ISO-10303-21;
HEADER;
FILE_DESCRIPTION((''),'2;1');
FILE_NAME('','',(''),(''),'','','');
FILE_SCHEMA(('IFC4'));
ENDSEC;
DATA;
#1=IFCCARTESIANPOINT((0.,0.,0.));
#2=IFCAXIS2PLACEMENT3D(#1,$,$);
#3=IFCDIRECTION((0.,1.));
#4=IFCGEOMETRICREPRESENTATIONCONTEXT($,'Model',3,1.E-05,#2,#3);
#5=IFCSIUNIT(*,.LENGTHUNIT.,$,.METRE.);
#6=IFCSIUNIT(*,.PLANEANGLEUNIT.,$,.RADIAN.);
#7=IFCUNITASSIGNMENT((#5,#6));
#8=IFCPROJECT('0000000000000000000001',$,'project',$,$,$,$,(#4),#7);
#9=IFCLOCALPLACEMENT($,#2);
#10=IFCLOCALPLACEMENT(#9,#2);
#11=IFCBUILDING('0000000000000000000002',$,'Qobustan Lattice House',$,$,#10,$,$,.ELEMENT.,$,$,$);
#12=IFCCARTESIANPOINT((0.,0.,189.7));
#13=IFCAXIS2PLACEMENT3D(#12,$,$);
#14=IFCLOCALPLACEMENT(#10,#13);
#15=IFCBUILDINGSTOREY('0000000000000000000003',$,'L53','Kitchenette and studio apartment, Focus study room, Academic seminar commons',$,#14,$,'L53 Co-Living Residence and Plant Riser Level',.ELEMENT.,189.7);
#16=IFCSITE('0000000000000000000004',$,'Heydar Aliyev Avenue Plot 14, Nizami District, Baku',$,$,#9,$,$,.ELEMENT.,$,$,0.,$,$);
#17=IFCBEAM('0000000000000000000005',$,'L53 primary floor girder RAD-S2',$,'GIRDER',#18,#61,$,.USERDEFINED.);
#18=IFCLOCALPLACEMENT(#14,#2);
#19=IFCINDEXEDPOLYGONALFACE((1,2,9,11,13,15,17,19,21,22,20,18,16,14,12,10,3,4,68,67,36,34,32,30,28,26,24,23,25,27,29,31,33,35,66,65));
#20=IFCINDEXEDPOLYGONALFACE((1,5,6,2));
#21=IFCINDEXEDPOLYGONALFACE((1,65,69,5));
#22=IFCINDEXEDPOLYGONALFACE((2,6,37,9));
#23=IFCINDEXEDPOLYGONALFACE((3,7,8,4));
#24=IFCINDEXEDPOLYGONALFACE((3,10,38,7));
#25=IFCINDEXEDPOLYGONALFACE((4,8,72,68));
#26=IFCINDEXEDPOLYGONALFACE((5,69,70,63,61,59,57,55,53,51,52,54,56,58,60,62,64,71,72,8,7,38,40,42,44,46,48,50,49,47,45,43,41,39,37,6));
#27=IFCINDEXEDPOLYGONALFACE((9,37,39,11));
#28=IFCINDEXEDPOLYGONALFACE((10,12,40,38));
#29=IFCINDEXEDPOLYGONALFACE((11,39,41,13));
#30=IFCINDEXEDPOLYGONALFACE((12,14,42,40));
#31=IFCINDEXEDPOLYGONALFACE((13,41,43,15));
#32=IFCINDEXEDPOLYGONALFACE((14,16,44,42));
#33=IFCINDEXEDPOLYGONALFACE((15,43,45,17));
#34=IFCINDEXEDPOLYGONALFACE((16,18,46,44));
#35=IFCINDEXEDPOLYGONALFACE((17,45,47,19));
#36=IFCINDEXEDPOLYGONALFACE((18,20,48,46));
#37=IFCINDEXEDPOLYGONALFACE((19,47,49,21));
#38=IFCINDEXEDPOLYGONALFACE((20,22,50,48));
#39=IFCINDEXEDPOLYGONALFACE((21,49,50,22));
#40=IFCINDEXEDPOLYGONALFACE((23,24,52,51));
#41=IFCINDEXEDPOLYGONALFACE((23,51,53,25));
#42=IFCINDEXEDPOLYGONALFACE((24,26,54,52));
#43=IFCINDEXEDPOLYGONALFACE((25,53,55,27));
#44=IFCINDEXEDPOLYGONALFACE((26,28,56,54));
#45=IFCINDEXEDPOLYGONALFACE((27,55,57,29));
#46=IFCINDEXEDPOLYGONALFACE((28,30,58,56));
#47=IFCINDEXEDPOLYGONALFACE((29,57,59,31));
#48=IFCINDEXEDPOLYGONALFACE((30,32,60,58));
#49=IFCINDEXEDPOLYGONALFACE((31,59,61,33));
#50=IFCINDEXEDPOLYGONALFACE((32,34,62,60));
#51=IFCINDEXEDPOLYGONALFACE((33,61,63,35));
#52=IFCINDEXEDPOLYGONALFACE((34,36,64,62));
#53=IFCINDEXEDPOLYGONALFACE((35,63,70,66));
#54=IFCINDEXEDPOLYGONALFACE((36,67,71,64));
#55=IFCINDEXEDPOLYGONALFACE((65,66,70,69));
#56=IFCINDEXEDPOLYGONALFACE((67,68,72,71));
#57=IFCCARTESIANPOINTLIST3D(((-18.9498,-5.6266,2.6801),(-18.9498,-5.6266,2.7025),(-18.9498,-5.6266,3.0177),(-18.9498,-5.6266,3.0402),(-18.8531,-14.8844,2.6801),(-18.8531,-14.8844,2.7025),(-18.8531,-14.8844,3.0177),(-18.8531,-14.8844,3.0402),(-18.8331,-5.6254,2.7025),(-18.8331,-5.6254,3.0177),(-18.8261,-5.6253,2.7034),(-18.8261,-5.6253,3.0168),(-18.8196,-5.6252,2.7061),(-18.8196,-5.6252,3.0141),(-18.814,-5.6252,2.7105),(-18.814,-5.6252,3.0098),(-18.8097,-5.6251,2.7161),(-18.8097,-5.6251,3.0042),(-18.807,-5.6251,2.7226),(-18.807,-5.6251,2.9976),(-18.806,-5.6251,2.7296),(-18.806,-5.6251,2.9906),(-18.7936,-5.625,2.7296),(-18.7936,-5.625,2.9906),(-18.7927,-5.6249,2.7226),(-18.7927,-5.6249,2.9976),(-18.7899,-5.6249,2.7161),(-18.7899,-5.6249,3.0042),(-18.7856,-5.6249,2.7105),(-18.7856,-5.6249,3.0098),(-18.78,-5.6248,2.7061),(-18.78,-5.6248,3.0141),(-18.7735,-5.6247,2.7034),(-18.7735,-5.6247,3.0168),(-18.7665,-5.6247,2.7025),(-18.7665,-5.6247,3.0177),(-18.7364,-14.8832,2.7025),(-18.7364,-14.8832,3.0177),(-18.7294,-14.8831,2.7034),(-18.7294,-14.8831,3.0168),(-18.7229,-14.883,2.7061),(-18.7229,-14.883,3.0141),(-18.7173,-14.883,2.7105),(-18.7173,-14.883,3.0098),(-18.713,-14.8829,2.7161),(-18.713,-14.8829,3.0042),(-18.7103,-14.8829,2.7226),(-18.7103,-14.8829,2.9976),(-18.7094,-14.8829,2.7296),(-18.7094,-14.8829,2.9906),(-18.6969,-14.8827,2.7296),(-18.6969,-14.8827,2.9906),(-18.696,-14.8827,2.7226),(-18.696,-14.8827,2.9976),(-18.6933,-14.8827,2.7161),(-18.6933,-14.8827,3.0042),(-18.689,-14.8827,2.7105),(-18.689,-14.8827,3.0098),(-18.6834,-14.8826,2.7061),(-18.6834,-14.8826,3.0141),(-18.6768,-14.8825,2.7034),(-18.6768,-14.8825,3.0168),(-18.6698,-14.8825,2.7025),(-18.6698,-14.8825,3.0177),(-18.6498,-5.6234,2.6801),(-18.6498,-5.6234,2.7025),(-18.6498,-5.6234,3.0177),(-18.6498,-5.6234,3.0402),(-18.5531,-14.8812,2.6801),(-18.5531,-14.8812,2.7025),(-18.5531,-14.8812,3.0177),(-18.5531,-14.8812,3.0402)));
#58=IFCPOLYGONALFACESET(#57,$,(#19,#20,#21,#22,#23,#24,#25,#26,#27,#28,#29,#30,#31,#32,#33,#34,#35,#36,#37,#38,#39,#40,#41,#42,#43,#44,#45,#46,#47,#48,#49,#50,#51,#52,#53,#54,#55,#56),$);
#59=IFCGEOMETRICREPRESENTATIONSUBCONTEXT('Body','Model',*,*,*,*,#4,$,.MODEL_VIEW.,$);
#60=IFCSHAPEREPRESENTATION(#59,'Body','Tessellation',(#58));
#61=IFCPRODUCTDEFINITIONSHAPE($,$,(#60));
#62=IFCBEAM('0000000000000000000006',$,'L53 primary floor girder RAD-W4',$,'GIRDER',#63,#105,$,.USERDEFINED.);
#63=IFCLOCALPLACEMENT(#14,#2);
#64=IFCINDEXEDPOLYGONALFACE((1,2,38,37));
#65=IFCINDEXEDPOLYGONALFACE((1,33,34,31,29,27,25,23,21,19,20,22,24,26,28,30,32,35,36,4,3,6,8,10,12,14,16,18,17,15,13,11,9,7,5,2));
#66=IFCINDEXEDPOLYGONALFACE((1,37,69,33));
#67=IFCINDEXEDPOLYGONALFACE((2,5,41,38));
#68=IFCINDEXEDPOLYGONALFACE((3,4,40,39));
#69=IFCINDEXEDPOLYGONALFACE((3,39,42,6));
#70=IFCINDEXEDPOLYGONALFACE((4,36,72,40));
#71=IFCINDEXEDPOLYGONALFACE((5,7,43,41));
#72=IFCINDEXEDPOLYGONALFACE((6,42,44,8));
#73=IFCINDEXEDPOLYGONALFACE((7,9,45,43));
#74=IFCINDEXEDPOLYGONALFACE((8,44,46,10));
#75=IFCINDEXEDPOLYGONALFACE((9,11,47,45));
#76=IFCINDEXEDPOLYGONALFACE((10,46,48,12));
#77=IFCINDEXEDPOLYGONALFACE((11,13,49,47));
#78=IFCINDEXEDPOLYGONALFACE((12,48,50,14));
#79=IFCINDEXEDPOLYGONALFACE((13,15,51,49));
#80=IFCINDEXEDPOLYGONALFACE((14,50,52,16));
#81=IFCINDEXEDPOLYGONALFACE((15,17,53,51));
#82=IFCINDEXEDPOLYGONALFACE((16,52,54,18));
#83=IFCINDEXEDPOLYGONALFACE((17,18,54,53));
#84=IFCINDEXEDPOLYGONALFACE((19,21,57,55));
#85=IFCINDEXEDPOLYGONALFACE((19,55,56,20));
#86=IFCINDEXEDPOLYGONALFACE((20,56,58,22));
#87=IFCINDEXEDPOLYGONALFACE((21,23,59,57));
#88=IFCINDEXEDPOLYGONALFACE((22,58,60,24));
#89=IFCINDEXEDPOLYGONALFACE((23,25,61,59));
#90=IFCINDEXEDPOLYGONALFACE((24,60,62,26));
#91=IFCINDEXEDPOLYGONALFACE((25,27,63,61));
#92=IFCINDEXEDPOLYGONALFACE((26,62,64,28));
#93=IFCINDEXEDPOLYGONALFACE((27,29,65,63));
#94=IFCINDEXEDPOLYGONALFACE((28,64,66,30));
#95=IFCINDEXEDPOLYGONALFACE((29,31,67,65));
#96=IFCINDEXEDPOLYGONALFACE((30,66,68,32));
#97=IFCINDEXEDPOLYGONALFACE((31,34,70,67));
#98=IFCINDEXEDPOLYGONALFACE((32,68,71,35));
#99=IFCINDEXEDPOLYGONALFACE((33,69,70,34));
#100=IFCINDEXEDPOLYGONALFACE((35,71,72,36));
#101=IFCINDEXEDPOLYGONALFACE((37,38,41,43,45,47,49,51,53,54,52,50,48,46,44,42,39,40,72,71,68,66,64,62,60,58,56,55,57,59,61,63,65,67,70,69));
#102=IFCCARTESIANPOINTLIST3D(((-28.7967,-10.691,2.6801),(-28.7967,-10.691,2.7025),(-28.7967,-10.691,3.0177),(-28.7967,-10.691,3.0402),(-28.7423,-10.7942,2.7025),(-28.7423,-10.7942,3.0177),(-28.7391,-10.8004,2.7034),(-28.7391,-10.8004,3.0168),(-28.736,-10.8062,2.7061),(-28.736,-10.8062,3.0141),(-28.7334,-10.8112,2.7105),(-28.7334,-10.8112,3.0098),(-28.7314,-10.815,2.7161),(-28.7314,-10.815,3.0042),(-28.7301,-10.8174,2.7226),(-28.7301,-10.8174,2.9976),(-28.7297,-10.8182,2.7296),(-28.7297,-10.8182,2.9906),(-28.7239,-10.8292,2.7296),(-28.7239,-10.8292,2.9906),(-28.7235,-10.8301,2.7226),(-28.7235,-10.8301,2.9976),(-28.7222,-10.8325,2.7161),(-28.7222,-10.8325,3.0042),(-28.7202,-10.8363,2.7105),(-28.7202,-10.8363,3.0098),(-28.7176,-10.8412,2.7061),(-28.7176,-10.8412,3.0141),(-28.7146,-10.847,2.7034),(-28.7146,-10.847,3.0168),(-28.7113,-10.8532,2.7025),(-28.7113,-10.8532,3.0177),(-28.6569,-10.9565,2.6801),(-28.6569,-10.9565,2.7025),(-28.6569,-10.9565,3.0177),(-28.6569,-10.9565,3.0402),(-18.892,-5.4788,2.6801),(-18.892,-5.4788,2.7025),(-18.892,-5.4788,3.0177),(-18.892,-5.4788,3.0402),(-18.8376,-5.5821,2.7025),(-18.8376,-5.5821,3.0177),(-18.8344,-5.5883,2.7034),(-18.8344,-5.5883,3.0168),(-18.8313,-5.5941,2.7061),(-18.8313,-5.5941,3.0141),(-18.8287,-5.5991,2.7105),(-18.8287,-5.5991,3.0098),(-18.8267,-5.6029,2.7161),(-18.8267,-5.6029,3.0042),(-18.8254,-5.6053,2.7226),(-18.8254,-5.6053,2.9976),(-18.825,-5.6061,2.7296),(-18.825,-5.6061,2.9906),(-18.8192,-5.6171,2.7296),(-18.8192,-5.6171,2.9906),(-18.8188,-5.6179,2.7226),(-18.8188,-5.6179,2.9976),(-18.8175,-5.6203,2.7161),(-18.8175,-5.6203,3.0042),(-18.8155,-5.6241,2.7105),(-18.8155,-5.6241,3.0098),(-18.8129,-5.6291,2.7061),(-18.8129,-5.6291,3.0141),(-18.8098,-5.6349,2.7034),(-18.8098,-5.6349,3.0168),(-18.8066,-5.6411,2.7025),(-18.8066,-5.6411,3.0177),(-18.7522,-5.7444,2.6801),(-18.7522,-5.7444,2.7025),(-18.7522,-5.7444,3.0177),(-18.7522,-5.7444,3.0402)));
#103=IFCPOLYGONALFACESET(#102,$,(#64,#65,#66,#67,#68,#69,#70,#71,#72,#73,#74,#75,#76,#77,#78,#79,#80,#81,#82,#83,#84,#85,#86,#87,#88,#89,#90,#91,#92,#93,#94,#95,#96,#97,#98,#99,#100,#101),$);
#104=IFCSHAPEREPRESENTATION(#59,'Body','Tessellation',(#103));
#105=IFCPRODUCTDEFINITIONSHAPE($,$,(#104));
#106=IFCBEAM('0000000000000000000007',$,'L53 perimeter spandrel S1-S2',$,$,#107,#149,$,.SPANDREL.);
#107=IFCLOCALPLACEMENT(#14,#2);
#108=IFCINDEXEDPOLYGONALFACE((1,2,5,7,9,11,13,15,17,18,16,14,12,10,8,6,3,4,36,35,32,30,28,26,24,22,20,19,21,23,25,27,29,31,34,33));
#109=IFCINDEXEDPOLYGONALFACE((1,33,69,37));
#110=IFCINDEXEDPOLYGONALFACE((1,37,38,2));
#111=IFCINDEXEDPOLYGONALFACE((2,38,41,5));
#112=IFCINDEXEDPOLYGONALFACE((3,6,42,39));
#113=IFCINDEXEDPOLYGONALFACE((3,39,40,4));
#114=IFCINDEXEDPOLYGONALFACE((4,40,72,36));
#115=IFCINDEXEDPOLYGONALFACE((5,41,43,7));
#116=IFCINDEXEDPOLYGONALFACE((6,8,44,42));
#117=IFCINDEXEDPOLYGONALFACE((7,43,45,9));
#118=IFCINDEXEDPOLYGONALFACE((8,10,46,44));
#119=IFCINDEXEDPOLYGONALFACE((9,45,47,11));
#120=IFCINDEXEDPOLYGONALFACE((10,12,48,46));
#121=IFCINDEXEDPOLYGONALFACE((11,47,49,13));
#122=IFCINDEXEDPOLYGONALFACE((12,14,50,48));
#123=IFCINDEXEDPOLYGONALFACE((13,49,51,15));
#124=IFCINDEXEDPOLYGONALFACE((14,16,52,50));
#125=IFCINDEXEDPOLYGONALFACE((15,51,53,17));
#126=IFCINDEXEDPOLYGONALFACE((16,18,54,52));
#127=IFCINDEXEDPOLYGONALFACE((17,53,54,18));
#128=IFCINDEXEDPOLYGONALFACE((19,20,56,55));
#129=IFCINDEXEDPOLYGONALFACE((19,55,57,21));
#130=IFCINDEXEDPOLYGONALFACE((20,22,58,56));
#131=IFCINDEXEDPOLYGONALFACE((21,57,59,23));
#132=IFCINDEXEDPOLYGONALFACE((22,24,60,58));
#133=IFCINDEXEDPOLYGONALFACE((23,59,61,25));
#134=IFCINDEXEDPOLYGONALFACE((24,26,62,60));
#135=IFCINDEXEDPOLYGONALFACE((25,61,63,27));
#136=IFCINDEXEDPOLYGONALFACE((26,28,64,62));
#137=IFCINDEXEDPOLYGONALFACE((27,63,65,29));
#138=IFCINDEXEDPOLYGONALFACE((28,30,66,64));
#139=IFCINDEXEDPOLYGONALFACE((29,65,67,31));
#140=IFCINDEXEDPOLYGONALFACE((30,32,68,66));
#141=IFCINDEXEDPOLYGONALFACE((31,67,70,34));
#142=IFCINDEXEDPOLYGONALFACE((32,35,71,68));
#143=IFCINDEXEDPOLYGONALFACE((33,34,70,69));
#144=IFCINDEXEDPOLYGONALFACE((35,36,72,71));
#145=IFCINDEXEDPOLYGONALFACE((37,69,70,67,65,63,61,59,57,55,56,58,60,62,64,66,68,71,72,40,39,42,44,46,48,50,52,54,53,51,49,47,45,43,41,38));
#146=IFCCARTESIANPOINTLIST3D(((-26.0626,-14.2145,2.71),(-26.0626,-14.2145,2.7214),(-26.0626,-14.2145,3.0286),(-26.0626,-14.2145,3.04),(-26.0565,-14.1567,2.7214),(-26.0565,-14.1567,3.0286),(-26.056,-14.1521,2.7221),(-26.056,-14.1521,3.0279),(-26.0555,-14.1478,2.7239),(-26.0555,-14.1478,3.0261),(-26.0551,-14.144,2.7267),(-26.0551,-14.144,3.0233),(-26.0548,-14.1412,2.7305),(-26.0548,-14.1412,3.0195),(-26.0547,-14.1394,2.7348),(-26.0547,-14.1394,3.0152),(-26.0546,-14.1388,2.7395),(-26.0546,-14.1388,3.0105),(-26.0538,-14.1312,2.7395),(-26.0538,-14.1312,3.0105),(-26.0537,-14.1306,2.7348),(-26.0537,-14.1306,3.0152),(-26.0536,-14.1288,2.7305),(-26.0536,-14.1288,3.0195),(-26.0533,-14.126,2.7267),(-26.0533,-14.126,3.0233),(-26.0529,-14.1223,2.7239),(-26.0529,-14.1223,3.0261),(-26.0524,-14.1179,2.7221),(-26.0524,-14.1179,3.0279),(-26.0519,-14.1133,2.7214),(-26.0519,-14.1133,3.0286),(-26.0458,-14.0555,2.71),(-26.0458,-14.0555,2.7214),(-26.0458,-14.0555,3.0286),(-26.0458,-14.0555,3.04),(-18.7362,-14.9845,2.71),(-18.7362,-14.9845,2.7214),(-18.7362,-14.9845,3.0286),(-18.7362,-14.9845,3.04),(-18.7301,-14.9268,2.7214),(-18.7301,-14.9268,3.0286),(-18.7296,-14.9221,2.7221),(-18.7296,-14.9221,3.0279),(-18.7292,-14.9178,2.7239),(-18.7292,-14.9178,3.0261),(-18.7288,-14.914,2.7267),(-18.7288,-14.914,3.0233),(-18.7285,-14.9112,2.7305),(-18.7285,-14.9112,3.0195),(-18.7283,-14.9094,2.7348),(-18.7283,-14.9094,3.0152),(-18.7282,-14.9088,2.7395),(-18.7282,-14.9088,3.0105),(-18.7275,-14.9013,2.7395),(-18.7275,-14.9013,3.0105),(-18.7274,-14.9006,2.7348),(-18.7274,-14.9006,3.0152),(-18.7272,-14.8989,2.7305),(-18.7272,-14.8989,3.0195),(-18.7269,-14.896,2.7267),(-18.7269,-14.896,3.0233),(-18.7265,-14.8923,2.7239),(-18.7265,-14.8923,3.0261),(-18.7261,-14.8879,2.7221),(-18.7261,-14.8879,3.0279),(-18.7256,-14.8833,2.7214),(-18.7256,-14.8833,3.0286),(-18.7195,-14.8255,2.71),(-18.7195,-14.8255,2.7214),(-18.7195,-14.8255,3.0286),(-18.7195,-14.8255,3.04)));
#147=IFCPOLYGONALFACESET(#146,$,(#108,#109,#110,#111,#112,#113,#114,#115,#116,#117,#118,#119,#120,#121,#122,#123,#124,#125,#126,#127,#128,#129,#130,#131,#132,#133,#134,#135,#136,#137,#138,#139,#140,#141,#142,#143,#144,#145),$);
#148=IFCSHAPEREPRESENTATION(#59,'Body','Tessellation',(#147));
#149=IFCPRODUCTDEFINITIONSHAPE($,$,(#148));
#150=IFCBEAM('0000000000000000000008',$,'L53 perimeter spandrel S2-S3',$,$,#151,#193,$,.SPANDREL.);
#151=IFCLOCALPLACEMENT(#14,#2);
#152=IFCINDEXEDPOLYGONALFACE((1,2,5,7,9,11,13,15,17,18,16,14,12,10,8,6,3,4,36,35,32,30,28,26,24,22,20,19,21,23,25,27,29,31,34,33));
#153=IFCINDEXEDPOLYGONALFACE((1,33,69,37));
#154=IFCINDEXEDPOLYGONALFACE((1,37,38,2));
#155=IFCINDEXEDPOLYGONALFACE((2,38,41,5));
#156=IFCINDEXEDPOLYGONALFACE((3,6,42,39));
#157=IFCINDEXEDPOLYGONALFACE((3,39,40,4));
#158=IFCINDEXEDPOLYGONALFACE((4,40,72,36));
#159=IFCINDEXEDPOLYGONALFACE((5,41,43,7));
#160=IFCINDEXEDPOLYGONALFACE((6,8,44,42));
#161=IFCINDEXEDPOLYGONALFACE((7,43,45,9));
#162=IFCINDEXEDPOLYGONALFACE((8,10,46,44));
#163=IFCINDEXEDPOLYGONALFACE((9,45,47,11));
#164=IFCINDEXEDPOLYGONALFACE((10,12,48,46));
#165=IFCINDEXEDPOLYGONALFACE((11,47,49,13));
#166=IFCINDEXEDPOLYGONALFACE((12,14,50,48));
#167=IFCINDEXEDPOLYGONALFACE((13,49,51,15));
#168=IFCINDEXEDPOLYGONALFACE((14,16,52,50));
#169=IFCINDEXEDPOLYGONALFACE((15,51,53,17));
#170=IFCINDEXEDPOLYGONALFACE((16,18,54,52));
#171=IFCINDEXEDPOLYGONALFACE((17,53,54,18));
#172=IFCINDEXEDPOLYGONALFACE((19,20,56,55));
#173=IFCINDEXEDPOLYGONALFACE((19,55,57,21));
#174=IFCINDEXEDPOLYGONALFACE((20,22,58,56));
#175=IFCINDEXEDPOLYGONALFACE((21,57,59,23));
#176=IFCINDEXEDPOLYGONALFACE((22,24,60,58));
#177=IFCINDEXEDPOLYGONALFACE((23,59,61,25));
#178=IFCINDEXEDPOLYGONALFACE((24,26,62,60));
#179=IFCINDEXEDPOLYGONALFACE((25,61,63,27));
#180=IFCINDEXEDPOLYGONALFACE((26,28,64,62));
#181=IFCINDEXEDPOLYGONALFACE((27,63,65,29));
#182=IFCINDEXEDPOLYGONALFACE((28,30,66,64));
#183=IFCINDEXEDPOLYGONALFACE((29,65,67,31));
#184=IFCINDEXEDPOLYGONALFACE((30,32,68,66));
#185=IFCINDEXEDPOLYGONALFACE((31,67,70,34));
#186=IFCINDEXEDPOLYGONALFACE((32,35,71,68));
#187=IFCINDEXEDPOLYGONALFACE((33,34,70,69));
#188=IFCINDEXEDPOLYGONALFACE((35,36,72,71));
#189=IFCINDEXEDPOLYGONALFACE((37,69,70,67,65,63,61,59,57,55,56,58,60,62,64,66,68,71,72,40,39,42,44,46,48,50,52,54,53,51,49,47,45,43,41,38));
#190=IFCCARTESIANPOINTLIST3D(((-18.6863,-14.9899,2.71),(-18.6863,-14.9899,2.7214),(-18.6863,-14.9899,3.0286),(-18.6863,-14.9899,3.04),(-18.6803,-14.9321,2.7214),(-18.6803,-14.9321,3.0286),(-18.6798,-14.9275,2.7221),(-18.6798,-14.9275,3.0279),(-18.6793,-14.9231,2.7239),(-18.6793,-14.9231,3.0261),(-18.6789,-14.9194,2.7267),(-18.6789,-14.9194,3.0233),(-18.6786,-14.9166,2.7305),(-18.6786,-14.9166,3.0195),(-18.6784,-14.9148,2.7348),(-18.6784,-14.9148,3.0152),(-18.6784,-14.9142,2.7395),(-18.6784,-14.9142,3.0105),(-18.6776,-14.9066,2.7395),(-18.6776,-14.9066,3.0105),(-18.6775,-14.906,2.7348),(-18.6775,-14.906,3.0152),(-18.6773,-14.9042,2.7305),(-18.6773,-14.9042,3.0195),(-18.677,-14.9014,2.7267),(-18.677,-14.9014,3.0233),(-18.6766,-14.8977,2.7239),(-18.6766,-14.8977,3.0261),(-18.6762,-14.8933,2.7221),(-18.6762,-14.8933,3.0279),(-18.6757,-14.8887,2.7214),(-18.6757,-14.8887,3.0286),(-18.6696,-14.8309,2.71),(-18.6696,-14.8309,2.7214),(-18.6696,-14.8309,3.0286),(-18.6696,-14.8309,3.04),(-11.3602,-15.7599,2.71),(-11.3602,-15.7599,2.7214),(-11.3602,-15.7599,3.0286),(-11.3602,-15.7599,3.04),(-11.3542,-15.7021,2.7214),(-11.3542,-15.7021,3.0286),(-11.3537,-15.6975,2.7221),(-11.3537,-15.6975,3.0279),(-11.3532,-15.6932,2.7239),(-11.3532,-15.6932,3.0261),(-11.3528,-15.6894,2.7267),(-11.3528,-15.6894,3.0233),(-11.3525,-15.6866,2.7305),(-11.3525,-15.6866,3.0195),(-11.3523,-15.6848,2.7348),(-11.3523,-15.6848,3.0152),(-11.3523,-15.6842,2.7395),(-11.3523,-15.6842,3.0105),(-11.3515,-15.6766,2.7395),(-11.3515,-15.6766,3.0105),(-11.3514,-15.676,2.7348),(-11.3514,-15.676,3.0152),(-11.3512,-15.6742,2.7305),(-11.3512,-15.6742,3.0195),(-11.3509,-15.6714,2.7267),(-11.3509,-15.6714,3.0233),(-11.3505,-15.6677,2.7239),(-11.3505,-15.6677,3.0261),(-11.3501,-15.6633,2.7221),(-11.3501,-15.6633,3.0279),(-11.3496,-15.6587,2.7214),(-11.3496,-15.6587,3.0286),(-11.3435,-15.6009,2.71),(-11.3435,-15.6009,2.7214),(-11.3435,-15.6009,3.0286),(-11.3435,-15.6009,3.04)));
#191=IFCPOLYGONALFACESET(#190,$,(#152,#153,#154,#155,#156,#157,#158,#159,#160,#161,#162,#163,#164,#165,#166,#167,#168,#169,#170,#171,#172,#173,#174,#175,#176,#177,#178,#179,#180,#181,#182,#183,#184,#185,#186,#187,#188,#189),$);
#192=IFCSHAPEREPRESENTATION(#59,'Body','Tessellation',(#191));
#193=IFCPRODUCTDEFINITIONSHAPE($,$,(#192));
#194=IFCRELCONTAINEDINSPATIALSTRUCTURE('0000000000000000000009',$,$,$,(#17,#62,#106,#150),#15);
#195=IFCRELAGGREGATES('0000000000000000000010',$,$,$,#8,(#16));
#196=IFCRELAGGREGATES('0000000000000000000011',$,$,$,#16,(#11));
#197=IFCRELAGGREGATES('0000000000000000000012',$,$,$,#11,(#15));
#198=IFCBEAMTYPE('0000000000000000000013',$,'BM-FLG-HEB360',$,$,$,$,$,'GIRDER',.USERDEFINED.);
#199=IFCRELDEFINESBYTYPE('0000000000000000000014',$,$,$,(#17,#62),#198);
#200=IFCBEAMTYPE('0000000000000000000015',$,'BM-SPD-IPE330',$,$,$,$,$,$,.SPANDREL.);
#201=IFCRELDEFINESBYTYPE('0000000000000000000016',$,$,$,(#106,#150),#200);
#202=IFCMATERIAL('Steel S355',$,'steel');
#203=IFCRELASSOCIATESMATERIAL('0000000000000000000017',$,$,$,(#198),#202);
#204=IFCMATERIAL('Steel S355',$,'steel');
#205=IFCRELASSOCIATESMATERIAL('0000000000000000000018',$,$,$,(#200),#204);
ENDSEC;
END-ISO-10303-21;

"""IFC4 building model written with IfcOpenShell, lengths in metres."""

from ifc_helpers import new_model, si_unit, direction, frame, origin, origin_2d, place, context, subcontext, project, spatial, i_section, extrude, material, material_profile, profile_set, type_object, element, save


model = new_model("IFC4")

# Units and contexts
model_context = context("Model", 3, precision=1e-05, world=origin(), true_north=direction((0.0, 1.0)))
body_context = subcontext(model_context, "Body", "Model", "MODEL_VIEW")
ifc_project = project(units=[si_unit("LENGTHUNIT", "METRE"), si_unit("PLANEANGLEUNIT", "RADIAN")], contexts=[model_context])

# Site, building, storey
site_placement = place(None, origin())
site = spatial("IfcSite", under=ifc_project, at=site_placement, Name="Heydar Aliyev Avenue Plot 14, Nizami District, Baku", CompositionType="ELEMENT", RefElevation=0.0)
building_placement = place(site_placement, origin())
building = spatial("IfcBuilding", under=site, at=building_placement, Name="Qobustan Lattice House", CompositionType="ELEMENT")
storey_placement = place(building_placement, frame((0.0, 0.0, 189.7)))
storey = spatial("IfcBuildingStorey", under=building, at=storey_placement, Name="L53", Description="Kitchenette and studio apartment, Focus study room, Academic seminar commons", LongName="L53 Co-Living Residence and Plant Riser Level", CompositionType="ELEMENT", Elevation=189.7)

# Beams
ifc_material_1 = material(Name="Steel S355", Category="steel")
ifc_material_profile_1 = material_profile(ifc_material_1, i_section(OverallWidth=0.3, OverallDepth=0.3601, WebThickness=0.0125, FlangeThickness=0.0225, FilletRadius=0.0271, at=origin_2d()), Name="HEB360")
ifc_profile_set_1 = profile_set([ifc_material_profile_1], Name="Steel S355")
beam_type_1 = type_object("IfcBeamType", Name="BM-FLG-HEB360", ElementType="GIRDER", PredefinedType="USERDEFINED", material=ifc_profile_set_1)
beam_1_placement = place(storey_placement, frame((-18.7031, -14.8828, 2.8601), z_axis=(-0.010442, 0.999945, 0.0), x_axis=(-0.999945, -0.010442, 0.0)))
element("IfcBeam", 1, at=beam_1_placement, inside=storey, type_object=beam_type_1, Name="L53 primary floor girder RAD-S2", ObjectType="GIRDER", PredefinedType="USERDEFINED", context=body_context, shape_type="SweptSolid", body=[
    extrude(i_section(OverallWidth=0.3, OverallDepth=0.3601, WebThickness=0.0125, FlangeThickness=0.0225, FilletRadius=0.0271, at=origin_2d()), origin(), (0.0, 0.0, 1.0), 9.2583),
])
beam_2_placement = place(storey_placement, frame((-28.7268, -10.8237, 2.8601), z_axis=(0.884951, 0.465684, 0.0), x_axis=(-0.465684, 0.884951, 0.0)))
element("IfcBeam", 2, at=beam_2_placement, inside=storey, type_object=beam_type_1, Name="L53 primary floor girder RAD-W4", ObjectType="GIRDER", PredefinedType="USERDEFINED", context=body_context, shape_type="SweptSolid", body=[
    extrude(i_section(OverallWidth=0.3, OverallDepth=0.3601, WebThickness=0.0125, FlangeThickness=0.0225, FilletRadius=0.0271, at=origin_2d()), origin(), (0.0, 0.0, 1.0), 11.1924),
])
ifc_material_2 = material(Name="Steel S355", Category="steel")
ifc_material_profile_2 = material_profile(ifc_material_2, i_section(OverallWidth=0.1599, OverallDepth=0.3301, WebThickness=0.0076, FlangeThickness=0.0115, FilletRadius=0.0181, at=origin_2d()), Name="IPE330")
ifc_profile_set_2 = profile_set([ifc_material_profile_2], Name="Steel S355")
beam_type_2 = type_object("IfcBeamType", Name="BM-SPD-IPE330", PredefinedType="SPANDREL", material=ifc_profile_set_2)
beam_3_placement = place(storey_placement, frame((-26.0542, -14.135, 2.875), z_axis=(0.994522, -0.104526, 0.0), x_axis=(0.104526, 0.994522, 0.0)))
element("IfcBeam", 3, at=beam_3_placement, inside=storey, type_object=beam_type_2, Name="L53 perimeter spandrel S1-S2", PredefinedType="SPANDREL", context=body_context, shape_type="SweptSolid", body=[
    extrude(i_section(OverallWidth=0.1599, OverallDepth=0.3301, WebThickness=0.0076, FlangeThickness=0.0115, FilletRadius=0.0181, at=origin_2d()), origin(), (0.0, 0.0, 1.0), 7.3667),
])
beam_4_placement = place(storey_placement, frame((-18.678, -14.9104, 2.875), z_axis=(0.994522, -0.10453, 0.0), x_axis=(0.10453, 0.994522, 0.0)))
element("IfcBeam", 4, at=beam_4_placement, inside=storey, type_object=beam_type_2, Name="L53 perimeter spandrel S2-S3", PredefinedType="SPANDREL", context=body_context, shape_type="SweptSolid", body=[
    extrude(i_section(OverallWidth=0.1599, OverallDepth=0.3301, WebThickness=0.0076, FlangeThickness=0.0115, FilletRadius=0.0181, at=origin_2d()), origin(), (0.0, 0.0, 1.0), 7.3665),
])

save(model, "model.ifc")
